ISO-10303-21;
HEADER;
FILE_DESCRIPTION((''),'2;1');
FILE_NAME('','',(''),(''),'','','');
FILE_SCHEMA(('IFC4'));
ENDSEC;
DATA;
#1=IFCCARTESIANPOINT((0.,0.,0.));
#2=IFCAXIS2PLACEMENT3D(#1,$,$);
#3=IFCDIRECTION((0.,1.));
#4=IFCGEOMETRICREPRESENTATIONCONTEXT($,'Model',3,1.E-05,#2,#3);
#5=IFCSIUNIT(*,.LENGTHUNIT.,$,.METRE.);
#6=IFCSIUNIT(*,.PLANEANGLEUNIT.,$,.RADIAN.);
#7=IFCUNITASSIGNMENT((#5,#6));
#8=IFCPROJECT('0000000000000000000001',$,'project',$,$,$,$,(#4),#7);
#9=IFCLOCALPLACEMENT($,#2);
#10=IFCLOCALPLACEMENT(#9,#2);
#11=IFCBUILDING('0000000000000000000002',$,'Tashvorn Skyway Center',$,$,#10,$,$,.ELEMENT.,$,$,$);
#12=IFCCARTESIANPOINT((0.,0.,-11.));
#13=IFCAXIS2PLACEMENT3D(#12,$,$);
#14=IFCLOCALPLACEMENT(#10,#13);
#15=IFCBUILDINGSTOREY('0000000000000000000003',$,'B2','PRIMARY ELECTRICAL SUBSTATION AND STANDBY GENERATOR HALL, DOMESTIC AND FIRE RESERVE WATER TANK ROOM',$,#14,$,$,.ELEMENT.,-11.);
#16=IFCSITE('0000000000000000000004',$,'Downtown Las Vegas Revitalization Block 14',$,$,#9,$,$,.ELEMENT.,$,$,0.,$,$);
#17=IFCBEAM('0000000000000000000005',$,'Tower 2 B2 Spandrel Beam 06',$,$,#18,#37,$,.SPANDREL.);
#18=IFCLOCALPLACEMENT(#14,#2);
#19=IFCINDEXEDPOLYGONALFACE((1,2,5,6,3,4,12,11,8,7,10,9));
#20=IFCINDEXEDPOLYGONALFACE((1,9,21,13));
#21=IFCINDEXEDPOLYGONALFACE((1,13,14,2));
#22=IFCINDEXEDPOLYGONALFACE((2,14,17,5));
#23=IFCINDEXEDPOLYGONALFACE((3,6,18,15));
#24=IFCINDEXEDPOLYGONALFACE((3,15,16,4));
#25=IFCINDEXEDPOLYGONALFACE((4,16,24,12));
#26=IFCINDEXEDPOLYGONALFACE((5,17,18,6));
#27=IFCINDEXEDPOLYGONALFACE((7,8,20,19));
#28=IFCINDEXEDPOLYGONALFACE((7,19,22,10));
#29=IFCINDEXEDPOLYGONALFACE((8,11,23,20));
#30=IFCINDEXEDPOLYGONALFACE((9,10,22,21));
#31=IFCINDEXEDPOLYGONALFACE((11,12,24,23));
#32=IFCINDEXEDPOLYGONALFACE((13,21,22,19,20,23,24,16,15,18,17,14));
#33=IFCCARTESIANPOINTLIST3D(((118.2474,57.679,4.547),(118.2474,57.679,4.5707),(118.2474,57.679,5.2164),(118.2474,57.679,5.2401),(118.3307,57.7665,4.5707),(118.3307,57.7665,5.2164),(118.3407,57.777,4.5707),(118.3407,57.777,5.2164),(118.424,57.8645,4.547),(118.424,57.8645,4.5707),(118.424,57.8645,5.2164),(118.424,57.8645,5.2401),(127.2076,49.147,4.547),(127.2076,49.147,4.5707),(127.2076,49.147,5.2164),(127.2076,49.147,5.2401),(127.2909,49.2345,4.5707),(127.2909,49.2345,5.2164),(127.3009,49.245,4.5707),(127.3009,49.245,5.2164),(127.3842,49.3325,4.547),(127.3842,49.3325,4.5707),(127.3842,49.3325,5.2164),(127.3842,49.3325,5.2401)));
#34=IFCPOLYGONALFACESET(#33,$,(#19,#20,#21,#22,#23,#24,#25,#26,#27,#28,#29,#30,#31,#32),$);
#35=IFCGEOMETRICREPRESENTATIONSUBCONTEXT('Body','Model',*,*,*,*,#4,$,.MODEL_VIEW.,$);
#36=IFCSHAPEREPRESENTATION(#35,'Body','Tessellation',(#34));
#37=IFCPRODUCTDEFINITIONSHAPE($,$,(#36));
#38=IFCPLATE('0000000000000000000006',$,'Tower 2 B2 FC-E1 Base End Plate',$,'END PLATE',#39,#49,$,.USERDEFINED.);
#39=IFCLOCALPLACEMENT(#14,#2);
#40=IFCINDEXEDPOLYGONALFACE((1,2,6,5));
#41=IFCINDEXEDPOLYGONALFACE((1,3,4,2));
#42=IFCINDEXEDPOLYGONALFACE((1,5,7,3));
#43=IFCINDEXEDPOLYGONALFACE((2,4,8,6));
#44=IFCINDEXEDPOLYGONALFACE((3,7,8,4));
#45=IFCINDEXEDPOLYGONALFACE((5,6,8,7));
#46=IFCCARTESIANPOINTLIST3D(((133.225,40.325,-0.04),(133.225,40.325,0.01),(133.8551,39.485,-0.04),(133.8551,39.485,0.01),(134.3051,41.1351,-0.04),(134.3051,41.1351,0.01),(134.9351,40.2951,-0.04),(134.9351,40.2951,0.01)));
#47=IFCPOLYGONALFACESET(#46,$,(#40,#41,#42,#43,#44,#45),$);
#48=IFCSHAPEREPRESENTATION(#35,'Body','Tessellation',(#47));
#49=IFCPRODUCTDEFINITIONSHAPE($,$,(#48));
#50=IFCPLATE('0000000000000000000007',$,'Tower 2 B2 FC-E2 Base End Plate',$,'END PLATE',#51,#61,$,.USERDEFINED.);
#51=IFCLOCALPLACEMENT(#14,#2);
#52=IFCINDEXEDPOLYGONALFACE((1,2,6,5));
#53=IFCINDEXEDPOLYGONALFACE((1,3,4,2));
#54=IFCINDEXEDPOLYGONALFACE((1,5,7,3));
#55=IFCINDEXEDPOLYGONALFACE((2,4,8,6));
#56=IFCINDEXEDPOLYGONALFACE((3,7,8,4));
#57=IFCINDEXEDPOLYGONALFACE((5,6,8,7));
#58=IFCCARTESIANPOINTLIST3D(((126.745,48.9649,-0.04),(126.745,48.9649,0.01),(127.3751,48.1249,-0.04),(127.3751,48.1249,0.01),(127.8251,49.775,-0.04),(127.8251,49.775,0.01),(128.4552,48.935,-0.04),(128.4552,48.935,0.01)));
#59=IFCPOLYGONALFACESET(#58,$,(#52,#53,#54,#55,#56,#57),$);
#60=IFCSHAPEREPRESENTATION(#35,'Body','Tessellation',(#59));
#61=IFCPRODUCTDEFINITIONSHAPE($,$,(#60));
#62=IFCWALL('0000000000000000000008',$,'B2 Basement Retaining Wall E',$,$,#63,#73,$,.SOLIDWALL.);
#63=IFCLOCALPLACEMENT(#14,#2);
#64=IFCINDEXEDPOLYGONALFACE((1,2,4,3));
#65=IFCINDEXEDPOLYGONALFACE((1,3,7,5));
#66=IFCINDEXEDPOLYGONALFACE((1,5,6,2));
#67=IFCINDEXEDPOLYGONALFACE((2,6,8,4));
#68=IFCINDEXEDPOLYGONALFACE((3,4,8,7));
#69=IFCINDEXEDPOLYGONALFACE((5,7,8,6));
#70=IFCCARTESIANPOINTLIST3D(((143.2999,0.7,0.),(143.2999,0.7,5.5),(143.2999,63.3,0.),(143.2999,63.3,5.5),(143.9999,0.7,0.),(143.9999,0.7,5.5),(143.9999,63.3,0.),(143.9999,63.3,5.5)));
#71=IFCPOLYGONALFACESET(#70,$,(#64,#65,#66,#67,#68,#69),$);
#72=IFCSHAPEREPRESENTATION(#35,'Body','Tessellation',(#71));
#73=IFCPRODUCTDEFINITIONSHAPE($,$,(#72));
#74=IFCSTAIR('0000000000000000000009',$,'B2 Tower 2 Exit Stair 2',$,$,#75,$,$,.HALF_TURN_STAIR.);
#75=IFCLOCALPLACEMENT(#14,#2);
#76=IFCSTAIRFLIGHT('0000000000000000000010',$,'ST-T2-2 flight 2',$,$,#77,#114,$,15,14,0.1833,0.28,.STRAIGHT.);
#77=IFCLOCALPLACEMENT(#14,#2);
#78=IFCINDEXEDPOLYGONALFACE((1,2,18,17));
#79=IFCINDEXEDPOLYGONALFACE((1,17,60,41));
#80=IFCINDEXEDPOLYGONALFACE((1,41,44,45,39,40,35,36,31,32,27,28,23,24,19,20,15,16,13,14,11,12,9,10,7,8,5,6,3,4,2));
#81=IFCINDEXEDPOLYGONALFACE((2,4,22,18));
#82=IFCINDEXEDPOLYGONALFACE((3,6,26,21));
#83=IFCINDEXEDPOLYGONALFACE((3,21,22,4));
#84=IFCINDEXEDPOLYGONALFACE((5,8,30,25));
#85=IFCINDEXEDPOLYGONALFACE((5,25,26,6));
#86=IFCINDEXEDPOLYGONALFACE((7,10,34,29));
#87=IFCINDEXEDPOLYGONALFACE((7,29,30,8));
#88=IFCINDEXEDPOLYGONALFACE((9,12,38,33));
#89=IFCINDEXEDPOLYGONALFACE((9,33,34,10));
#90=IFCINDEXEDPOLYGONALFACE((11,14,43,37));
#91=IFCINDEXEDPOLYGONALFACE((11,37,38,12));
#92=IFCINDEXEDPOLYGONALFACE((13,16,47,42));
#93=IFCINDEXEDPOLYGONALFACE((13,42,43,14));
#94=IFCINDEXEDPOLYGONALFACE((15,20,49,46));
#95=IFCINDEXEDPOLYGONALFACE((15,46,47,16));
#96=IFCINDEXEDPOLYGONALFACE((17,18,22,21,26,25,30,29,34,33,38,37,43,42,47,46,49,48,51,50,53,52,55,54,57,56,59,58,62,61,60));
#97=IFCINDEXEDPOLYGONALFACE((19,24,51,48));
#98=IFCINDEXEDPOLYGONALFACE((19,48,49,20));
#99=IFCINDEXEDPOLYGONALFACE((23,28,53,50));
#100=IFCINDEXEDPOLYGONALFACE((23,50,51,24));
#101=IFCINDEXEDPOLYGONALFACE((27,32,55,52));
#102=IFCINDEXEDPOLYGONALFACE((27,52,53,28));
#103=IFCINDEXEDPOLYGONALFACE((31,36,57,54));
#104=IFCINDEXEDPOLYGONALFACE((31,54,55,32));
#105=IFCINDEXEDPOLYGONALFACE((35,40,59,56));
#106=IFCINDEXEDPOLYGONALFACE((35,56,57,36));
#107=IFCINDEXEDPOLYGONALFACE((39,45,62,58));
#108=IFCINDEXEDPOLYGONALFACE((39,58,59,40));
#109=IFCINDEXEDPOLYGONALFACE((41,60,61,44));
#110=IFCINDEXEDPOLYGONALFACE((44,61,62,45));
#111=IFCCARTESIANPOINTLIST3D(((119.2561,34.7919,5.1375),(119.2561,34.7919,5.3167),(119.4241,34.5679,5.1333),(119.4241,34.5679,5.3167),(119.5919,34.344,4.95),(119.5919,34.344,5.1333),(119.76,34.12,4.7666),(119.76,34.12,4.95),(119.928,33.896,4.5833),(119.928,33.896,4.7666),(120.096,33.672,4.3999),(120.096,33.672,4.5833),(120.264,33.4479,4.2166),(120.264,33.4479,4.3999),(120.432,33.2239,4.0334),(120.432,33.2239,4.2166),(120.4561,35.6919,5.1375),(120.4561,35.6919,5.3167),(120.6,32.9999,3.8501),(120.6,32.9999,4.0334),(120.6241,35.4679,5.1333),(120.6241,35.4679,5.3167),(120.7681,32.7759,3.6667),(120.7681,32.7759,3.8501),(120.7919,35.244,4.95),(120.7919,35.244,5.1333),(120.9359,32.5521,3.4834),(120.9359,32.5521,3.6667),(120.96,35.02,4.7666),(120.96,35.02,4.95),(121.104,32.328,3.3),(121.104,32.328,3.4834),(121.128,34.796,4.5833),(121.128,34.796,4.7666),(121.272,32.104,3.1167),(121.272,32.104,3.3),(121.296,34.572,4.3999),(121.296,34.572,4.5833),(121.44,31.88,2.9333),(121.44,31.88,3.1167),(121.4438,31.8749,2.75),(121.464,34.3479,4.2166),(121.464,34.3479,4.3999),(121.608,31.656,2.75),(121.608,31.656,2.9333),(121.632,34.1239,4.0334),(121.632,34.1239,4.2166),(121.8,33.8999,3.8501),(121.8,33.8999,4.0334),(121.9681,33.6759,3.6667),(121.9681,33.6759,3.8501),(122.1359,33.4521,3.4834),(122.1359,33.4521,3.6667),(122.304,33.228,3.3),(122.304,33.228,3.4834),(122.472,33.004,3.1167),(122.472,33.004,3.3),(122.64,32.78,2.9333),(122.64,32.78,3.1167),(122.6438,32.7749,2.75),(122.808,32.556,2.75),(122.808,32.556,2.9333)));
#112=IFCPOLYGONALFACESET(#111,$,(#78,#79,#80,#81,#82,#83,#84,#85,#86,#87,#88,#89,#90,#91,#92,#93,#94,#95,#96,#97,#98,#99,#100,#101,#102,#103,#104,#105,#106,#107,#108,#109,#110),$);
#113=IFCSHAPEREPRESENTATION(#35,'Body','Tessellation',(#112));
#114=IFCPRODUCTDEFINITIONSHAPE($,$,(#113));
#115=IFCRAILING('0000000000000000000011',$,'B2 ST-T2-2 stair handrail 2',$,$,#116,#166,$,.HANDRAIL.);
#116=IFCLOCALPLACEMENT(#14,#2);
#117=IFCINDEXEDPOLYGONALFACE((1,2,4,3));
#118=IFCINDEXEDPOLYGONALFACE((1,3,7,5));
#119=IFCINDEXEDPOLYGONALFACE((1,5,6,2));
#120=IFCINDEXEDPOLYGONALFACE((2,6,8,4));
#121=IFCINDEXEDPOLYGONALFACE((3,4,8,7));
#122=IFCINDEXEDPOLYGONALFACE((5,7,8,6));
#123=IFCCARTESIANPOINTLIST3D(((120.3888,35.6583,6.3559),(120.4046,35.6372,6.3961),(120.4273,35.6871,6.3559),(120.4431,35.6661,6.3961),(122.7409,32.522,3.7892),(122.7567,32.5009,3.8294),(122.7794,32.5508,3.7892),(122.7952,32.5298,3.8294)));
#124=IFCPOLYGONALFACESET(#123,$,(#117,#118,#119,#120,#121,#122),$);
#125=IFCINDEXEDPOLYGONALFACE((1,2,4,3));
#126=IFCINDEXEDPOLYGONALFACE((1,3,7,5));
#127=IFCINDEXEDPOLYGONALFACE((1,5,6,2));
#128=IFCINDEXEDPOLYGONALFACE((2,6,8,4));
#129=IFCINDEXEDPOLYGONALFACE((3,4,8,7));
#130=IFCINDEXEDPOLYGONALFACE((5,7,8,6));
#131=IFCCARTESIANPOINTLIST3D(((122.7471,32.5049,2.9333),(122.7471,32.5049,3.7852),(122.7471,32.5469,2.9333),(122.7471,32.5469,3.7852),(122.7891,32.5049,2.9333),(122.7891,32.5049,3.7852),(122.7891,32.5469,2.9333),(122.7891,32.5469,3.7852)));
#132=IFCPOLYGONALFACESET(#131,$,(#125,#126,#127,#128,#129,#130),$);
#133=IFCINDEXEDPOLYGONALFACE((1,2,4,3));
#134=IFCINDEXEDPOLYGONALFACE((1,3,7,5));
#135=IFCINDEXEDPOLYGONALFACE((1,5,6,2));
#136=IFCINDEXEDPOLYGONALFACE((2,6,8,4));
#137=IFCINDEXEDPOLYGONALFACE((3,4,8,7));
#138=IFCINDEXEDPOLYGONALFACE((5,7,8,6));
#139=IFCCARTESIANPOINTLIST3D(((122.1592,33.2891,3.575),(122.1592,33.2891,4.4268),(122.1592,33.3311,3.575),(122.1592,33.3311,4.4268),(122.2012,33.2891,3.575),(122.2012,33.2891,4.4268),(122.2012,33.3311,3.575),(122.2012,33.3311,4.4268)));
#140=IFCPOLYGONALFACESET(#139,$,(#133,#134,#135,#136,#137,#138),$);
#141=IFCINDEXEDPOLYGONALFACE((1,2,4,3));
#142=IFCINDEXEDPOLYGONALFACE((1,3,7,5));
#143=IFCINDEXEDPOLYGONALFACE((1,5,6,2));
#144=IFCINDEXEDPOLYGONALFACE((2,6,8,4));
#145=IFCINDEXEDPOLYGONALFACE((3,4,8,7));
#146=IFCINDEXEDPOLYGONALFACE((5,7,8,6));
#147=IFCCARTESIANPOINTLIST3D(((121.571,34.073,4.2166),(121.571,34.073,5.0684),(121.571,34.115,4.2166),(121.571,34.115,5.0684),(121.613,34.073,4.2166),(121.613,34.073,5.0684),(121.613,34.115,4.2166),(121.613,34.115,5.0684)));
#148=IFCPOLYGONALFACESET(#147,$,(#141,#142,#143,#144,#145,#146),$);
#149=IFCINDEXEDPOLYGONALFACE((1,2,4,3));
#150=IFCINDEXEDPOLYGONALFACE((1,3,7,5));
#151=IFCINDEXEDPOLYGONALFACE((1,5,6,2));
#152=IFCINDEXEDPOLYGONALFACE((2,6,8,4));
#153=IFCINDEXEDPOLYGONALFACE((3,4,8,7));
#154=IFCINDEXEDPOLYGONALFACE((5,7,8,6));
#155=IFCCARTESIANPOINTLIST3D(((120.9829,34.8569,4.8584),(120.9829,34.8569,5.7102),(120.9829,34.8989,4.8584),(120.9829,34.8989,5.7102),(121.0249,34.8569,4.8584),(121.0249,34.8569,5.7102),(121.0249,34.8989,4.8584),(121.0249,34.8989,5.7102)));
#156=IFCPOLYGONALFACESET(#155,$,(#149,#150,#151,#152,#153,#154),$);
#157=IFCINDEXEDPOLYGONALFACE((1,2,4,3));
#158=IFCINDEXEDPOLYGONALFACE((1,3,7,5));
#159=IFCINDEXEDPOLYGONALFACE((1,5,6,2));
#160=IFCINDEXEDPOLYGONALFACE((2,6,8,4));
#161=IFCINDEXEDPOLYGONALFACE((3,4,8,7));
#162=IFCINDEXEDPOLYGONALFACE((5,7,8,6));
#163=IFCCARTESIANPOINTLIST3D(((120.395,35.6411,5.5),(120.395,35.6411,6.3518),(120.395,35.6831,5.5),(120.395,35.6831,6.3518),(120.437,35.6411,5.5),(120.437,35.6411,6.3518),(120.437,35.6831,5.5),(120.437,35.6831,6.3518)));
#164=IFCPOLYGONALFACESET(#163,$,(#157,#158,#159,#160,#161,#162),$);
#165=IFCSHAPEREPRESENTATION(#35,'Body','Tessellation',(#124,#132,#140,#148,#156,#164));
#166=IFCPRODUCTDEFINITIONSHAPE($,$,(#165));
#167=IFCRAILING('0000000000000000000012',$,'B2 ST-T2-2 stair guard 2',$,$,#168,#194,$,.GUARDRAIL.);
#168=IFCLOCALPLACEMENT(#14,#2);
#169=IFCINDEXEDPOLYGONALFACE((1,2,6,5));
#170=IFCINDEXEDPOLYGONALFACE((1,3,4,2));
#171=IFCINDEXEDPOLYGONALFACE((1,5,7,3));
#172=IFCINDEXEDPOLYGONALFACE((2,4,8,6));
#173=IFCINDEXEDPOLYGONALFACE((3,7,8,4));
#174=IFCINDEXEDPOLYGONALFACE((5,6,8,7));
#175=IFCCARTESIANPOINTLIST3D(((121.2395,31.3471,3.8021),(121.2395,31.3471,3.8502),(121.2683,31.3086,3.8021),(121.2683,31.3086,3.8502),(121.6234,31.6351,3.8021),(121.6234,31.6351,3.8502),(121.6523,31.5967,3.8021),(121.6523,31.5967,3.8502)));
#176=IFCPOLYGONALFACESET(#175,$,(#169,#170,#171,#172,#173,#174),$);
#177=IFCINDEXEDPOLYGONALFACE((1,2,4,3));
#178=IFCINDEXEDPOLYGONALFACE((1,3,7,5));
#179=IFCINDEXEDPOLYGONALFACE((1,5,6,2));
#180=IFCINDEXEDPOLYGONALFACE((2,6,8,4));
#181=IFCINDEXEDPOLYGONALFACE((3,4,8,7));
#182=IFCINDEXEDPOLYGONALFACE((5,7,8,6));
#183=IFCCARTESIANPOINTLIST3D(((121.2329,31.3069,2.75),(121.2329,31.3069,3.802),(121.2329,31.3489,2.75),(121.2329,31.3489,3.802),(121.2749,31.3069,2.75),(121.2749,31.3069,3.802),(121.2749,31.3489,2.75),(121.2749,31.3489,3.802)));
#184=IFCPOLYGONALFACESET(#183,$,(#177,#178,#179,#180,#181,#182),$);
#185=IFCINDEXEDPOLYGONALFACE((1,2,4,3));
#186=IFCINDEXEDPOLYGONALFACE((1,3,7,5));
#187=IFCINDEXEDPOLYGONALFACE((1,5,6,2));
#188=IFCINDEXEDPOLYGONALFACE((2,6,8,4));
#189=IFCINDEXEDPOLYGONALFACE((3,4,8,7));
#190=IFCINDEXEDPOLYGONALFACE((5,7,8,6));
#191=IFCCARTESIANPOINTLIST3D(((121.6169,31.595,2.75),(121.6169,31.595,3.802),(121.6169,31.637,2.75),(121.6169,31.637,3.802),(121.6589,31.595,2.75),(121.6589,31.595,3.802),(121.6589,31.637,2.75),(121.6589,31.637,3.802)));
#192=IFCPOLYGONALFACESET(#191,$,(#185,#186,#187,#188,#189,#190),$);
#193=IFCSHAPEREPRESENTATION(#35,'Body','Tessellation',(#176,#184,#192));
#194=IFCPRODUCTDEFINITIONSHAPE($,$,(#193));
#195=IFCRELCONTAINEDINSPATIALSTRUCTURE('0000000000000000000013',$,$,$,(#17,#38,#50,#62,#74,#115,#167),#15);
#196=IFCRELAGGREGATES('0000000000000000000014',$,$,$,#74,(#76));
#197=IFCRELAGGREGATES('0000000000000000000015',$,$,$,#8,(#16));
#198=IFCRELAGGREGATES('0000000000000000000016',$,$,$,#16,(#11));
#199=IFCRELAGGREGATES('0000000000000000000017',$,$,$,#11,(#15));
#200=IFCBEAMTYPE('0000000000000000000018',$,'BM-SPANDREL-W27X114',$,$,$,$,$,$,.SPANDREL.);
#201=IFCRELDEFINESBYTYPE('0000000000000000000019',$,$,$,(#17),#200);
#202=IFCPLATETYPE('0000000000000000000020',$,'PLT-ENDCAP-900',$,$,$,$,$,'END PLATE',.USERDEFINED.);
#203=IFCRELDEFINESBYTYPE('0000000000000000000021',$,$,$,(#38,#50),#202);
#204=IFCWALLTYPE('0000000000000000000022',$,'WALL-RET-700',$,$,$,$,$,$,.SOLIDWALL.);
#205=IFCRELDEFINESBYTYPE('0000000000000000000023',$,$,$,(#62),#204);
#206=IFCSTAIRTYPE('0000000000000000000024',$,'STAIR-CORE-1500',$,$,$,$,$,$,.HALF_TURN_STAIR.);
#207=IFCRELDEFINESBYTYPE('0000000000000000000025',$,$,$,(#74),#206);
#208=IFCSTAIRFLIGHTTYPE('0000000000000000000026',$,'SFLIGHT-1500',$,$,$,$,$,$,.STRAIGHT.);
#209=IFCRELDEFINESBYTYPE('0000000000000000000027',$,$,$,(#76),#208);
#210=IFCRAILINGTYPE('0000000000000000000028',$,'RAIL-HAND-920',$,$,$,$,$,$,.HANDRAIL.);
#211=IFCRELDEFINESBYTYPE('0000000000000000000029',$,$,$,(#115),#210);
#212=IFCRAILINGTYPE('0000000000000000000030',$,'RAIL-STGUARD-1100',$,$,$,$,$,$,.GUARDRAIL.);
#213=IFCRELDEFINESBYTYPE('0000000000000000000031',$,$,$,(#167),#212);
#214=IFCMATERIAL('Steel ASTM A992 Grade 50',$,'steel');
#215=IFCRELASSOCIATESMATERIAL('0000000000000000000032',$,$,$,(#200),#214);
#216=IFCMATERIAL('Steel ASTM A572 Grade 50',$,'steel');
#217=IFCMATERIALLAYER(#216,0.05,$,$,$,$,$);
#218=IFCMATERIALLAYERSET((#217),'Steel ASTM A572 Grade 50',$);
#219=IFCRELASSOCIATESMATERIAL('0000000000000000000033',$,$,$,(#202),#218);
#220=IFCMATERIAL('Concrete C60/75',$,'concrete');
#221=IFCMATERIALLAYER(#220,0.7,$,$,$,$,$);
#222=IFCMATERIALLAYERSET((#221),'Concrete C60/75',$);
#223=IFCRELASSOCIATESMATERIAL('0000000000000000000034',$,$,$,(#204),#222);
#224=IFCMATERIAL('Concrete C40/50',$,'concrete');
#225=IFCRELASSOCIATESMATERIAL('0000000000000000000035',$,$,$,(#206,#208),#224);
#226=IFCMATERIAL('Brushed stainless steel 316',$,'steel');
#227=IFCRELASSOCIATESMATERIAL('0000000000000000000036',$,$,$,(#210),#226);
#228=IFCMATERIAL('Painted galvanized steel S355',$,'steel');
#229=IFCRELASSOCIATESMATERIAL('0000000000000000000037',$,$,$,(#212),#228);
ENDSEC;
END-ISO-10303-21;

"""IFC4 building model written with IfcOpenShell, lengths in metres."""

from ifc_helpers import new_model, si_unit, direction, frame, frame_2d, origin, origin_2d, place, context, subcontext, project, spatial, polyline, rectangle, i_section, outline, extrude, material, layer, layer_set, material_profile, profile_set, type_object, element, aggregate, save


model = new_model("IFC4")

# Units and contexts
model_context = context("Model", 3, precision=1e-05, world=origin(), true_north=direction((0.0, 1.0)))
body_context = subcontext(model_context, "Body", "Model", "MODEL_VIEW")
ifc_project = project(units=[si_unit("LENGTHUNIT", "METRE"), si_unit("PLANEANGLEUNIT", "RADIAN")], contexts=[model_context])

# Site, building, storey
site_placement = place(None, origin())
site = spatial("IfcSite", under=ifc_project, at=site_placement, Name="Downtown Las Vegas Revitalization Block 14", CompositionType="ELEMENT", RefElevation=0.0)
building_placement = place(site_placement, origin())
building = spatial("IfcBuilding", under=site, at=building_placement, Name="Tashvorn Skyway Center", CompositionType="ELEMENT")
storey_placement = place(building_placement, frame((0.0, 0.0, -11.0)))
storey = spatial("IfcBuildingStorey", under=building, at=storey_placement, Name="B2", Description="PRIMARY ELECTRICAL SUBSTATION AND STANDBY GENERATOR HALL, DOMESTIC AND FIRE RESERVE WATER TANK ROOM", CompositionType="ELEMENT", Elevation=-11.0)

# Shared definitions
ifc_material_1 = material(Name="Steel ASTM A572 Grade 50", Category="steel")

# Beam
ifc_material_2 = material(Name="Steel ASTM A992 Grade 50", Category="steel")
ifc_material_profile_1 = material_profile(ifc_material_2, i_section(OverallWidth=0.2561, OverallDepth=0.6931, WebThickness=0.0144, FlangeThickness=0.0237, at=origin_2d()), Name="W27X114")
ifc_profile_set_1 = profile_set([ifc_material_profile_1], Name="Steel ASTM A992 Grade 50")
beam_type_1 = type_object("IfcBeamType", Name="BM-SPANDREL-W27X114", PredefinedType="SPANDREL", material=ifc_profile_set_1)
beam_1_placement = place(storey_placement, frame((127.2959, 49.2397, 4.8936), z_axis=(-0.7242, 0.68959, 0.0), x_axis=(-0.68959, -0.7242, 0.0)))
element("IfcBeam", 1, at=beam_1_placement, inside=storey, type_object=beam_type_1, Name="Tower 2 B2 Spandrel Beam 06", PredefinedType="SPANDREL", context=body_context, shape_type="SweptSolid", body=[
    extrude(i_section(OverallWidth=0.2561, OverallDepth=0.6931, WebThickness=0.0144, FlangeThickness=0.0237, at=origin_2d()), origin(), (0.0, 0.0, 1.0), 12.3726),
])

# Plates
ifc_layer_1 = layer(ifc_material_1, 0.05)
ifc_layer_set_1 = layer_set([ifc_layer_1], Name="Steel ASTM A572 Grade 50")
plate_type = type_object("IfcPlateType", Name="PLT-ENDCAP-900", ElementType="END PLATE", PredefinedType="USERDEFINED", material=ifc_layer_set_1)
for number, where, z_axis, x_axis, name in (
    (2, (134.0801, 40.3101, -0.04), (0.0, 0.0, 1.0), (0.8, 0.6, 0.0), "Tower 2 B2 FC-E1 Base End Plate"),
    (3, (127.6001, 48.95, -0.04), (0.0, 0.0, 1.0), (0.8, 0.6, 0.0), "Tower 2 B2 FC-E2 Base End Plate"),
):
    element("IfcPlate", number, at=place(storey_placement, frame(where, z_axis=z_axis, x_axis=x_axis)), inside=storey, type_object=plate_type, Name=name, ObjectType="END PLATE", PredefinedType="USERDEFINED", context=body_context, shape_type="SweptSolid", body=[
        extrude(rectangle(XDim=1.3501, YDim=1.05, at=origin_2d()), origin(), (0.0, 0.0, 1.0), 0.05),
    ])

# Wall
ifc_material_3 = material(Name="Concrete C60/75", Category="concrete")
ifc_layer_2 = layer(ifc_material_3, 0.7)
ifc_layer_set_2 = layer_set([ifc_layer_2], Name="Concrete C60/75")
wall_type = type_object("IfcWallType", Name="WALL-RET-700", PredefinedType="SOLIDWALL", material=ifc_layer_set_2)
wall_placement = place(storey_placement, frame((143.6499, 63.3, 0.0), z_axis=(0.0, 0.0, 1.0), x_axis=(0.0, -1.0, 0.0)))
element("IfcWall", 4, at=wall_placement, inside=storey, type_object=wall_type, Name="B2 Basement Retaining Wall E", PredefinedType="SOLIDWALL", context=body_context, shape_type="SweptSolid", body=[
    extrude(rectangle(XDim=62.6001, YDim=0.7, at=frame_2d((31.3, 0.0))), origin(), (0.0, 0.0, 1.0), 5.5),
])

# Stair, stair flight
ifc_material_4 = material(Name="Concrete C40/50", Category="concrete")
stair_type = type_object("IfcStairType", Name="STAIR-CORE-1500", PredefinedType="HALF_TURN_STAIR", material=ifc_material_4)
stair_placement = place(storey_placement, origin())
stair = element("IfcStair", 5, at=stair_placement, inside=storey, type_object=stair_type, Name="B2 Tower 2 Exit Stair 2", PredefinedType="HALF_TURN_STAIR")
stair_flight_type = type_object("IfcStairFlightType", Name="SFLIGHT-1500", PredefinedType="STRAIGHT", material=ifc_material_4)
stair_flight_placement = place(storey_placement, frame((122.208, 32.106, 2.75), z_axis=(0.0, 0.0, 1.0), x_axis=(-0.6, 0.8, 0.0)))
stair_flight = element("IfcStairFlight", 6, at=stair_flight_placement, type_object=stair_flight_type, Name="ST-T2-2 flight 2", NumberOfRisers=15, NumberOfTreads=14, PredefinedType="STRAIGHT", RiserHeight=0.1833, TreadLength=0.28, context=body_context, shape_type="SweptSolid", body=[
    extrude(outline(polyline([(0.0, 0.0), (0.0, 0.1833), (0.28, 0.1833), (0.28, 0.3667), (0.5601, 0.3667), (0.5601, 0.55), (0.8401, 0.55), (0.8401, 0.7334), (1.1201, 0.7334), (1.1201, 0.9167), (1.3999, 0.9167), (1.3999, 1.1001), (1.6799, 1.1001), (1.6799, 1.2834), (1.96, 1.2834), (1.96, 1.4666), (2.24, 1.4666), (2.24, 1.6499), (2.52, 1.6499), (2.52, 1.8333), (2.8, 1.8333), (2.8, 2.0166), (3.0801, 2.0166), (3.0801, 2.2), (3.3601, 2.2), (3.3601, 2.3833), (3.6399, 2.3833), (3.6399, 2.5667), (3.9199, 2.5667), (3.9199, 2.75), (3.9199, 2.3875), (0.2737, 0.0), (0.0, 0.0)])), frame((0.0, 0.75, 0.0), z_axis=(0.0, -1.0, 0.0), x_axis=(1.0, 0.0, 0.0)), (0.0, 0.0, 1.0), 1.5),
])
aggregate(stair, [stair_flight])

# Railings
ifc_material_5 = material(Name="Brushed stainless steel 316", Category="steel")
railing_type_1 = type_object("IfcRailingType", Name="RAIL-HAND-920", PredefinedType="HANDRAIL", material=ifc_material_5)
railing_1_placement = place(storey_placement, frame((122.7681, 32.5259, 2.9333)))
element("IfcRailing", 7, at=railing_1_placement, inside=storey, type_object=railing_type_1, Name="B2 ST-T2-2 stair handrail 2", PredefinedType="HANDRAIL", context=body_context, shape_type="SweptSolid", body=[
    extrude(rectangle(XDim=0.0481, YDim=0.0481, at=origin_2d()), frame((0.0, 0.0, 0.876), z_axis=(-0.501964, 0.66932, 0.547762), x_axis=(-0.800015, -0.59998, 0.0)), (0.0, 0.0, 1.0), 4.6858),
    extrude(rectangle(XDim=0.042, YDim=0.042, at=origin_2d()), origin(), (0.0, 0.0, 1.0), 0.8518),
    extrude(rectangle(XDim=0.042, YDim=0.042, at=origin_2d()), frame((-0.5879, 0.7842, 0.6416)), (0.0, 0.0, 1.0), 0.8518),
    extrude(rectangle(XDim=0.042, YDim=0.042, at=origin_2d()), frame((-1.176, 1.5681, 1.2832)), (0.0, 0.0, 1.0), 0.8518),
    extrude(rectangle(XDim=0.042, YDim=0.042, at=origin_2d()), frame((-1.7642, 2.3521, 1.925)), (0.0, 0.0, 1.0), 0.8518),
    extrude(rectangle(XDim=0.042, YDim=0.042, at=origin_2d()), frame((-2.3521, 3.1362, 2.5667)), (0.0, 0.0, 1.0), 0.8518),
])
ifc_material_6 = material(Name="Painted galvanized steel S355", Category="steel")
railing_type_2 = type_object("IfcRailingType", Name="RAIL-STGUARD-1100", PredefinedType="GUARDRAIL", material=ifc_material_6)
railing_2_placement = place(storey_placement, frame((121.2539, 31.3279, 2.75)))
element("IfcRailing", 8, at=railing_2_placement, inside=storey, type_object=railing_type_2, Name="B2 ST-T2-2 stair guard 2", PredefinedType="GUARDRAIL", context=body_context, shape_type="SweptSolid", body=[
    extrude(rectangle(XDim=0.0481, YDim=0.0481, at=origin_2d()), frame((0.0, 0.0, 1.0762), z_axis=(0.799939, 0.600081, 0.0), x_axis=(-0.600081, 0.799939, 0.0)), (0.0, 0.0, 1.0), 0.48),
    extrude(rectangle(XDim=0.042, YDim=0.042, at=origin_2d()), origin(), (0.0, 0.0, 1.0), 1.052),
    extrude(rectangle(XDim=0.042, YDim=0.042, at=origin_2d()), frame((0.384, 0.2881, 0.0)), (0.0, 0.0, 1.0), 1.052),
])

save(model, "model.ifc")
